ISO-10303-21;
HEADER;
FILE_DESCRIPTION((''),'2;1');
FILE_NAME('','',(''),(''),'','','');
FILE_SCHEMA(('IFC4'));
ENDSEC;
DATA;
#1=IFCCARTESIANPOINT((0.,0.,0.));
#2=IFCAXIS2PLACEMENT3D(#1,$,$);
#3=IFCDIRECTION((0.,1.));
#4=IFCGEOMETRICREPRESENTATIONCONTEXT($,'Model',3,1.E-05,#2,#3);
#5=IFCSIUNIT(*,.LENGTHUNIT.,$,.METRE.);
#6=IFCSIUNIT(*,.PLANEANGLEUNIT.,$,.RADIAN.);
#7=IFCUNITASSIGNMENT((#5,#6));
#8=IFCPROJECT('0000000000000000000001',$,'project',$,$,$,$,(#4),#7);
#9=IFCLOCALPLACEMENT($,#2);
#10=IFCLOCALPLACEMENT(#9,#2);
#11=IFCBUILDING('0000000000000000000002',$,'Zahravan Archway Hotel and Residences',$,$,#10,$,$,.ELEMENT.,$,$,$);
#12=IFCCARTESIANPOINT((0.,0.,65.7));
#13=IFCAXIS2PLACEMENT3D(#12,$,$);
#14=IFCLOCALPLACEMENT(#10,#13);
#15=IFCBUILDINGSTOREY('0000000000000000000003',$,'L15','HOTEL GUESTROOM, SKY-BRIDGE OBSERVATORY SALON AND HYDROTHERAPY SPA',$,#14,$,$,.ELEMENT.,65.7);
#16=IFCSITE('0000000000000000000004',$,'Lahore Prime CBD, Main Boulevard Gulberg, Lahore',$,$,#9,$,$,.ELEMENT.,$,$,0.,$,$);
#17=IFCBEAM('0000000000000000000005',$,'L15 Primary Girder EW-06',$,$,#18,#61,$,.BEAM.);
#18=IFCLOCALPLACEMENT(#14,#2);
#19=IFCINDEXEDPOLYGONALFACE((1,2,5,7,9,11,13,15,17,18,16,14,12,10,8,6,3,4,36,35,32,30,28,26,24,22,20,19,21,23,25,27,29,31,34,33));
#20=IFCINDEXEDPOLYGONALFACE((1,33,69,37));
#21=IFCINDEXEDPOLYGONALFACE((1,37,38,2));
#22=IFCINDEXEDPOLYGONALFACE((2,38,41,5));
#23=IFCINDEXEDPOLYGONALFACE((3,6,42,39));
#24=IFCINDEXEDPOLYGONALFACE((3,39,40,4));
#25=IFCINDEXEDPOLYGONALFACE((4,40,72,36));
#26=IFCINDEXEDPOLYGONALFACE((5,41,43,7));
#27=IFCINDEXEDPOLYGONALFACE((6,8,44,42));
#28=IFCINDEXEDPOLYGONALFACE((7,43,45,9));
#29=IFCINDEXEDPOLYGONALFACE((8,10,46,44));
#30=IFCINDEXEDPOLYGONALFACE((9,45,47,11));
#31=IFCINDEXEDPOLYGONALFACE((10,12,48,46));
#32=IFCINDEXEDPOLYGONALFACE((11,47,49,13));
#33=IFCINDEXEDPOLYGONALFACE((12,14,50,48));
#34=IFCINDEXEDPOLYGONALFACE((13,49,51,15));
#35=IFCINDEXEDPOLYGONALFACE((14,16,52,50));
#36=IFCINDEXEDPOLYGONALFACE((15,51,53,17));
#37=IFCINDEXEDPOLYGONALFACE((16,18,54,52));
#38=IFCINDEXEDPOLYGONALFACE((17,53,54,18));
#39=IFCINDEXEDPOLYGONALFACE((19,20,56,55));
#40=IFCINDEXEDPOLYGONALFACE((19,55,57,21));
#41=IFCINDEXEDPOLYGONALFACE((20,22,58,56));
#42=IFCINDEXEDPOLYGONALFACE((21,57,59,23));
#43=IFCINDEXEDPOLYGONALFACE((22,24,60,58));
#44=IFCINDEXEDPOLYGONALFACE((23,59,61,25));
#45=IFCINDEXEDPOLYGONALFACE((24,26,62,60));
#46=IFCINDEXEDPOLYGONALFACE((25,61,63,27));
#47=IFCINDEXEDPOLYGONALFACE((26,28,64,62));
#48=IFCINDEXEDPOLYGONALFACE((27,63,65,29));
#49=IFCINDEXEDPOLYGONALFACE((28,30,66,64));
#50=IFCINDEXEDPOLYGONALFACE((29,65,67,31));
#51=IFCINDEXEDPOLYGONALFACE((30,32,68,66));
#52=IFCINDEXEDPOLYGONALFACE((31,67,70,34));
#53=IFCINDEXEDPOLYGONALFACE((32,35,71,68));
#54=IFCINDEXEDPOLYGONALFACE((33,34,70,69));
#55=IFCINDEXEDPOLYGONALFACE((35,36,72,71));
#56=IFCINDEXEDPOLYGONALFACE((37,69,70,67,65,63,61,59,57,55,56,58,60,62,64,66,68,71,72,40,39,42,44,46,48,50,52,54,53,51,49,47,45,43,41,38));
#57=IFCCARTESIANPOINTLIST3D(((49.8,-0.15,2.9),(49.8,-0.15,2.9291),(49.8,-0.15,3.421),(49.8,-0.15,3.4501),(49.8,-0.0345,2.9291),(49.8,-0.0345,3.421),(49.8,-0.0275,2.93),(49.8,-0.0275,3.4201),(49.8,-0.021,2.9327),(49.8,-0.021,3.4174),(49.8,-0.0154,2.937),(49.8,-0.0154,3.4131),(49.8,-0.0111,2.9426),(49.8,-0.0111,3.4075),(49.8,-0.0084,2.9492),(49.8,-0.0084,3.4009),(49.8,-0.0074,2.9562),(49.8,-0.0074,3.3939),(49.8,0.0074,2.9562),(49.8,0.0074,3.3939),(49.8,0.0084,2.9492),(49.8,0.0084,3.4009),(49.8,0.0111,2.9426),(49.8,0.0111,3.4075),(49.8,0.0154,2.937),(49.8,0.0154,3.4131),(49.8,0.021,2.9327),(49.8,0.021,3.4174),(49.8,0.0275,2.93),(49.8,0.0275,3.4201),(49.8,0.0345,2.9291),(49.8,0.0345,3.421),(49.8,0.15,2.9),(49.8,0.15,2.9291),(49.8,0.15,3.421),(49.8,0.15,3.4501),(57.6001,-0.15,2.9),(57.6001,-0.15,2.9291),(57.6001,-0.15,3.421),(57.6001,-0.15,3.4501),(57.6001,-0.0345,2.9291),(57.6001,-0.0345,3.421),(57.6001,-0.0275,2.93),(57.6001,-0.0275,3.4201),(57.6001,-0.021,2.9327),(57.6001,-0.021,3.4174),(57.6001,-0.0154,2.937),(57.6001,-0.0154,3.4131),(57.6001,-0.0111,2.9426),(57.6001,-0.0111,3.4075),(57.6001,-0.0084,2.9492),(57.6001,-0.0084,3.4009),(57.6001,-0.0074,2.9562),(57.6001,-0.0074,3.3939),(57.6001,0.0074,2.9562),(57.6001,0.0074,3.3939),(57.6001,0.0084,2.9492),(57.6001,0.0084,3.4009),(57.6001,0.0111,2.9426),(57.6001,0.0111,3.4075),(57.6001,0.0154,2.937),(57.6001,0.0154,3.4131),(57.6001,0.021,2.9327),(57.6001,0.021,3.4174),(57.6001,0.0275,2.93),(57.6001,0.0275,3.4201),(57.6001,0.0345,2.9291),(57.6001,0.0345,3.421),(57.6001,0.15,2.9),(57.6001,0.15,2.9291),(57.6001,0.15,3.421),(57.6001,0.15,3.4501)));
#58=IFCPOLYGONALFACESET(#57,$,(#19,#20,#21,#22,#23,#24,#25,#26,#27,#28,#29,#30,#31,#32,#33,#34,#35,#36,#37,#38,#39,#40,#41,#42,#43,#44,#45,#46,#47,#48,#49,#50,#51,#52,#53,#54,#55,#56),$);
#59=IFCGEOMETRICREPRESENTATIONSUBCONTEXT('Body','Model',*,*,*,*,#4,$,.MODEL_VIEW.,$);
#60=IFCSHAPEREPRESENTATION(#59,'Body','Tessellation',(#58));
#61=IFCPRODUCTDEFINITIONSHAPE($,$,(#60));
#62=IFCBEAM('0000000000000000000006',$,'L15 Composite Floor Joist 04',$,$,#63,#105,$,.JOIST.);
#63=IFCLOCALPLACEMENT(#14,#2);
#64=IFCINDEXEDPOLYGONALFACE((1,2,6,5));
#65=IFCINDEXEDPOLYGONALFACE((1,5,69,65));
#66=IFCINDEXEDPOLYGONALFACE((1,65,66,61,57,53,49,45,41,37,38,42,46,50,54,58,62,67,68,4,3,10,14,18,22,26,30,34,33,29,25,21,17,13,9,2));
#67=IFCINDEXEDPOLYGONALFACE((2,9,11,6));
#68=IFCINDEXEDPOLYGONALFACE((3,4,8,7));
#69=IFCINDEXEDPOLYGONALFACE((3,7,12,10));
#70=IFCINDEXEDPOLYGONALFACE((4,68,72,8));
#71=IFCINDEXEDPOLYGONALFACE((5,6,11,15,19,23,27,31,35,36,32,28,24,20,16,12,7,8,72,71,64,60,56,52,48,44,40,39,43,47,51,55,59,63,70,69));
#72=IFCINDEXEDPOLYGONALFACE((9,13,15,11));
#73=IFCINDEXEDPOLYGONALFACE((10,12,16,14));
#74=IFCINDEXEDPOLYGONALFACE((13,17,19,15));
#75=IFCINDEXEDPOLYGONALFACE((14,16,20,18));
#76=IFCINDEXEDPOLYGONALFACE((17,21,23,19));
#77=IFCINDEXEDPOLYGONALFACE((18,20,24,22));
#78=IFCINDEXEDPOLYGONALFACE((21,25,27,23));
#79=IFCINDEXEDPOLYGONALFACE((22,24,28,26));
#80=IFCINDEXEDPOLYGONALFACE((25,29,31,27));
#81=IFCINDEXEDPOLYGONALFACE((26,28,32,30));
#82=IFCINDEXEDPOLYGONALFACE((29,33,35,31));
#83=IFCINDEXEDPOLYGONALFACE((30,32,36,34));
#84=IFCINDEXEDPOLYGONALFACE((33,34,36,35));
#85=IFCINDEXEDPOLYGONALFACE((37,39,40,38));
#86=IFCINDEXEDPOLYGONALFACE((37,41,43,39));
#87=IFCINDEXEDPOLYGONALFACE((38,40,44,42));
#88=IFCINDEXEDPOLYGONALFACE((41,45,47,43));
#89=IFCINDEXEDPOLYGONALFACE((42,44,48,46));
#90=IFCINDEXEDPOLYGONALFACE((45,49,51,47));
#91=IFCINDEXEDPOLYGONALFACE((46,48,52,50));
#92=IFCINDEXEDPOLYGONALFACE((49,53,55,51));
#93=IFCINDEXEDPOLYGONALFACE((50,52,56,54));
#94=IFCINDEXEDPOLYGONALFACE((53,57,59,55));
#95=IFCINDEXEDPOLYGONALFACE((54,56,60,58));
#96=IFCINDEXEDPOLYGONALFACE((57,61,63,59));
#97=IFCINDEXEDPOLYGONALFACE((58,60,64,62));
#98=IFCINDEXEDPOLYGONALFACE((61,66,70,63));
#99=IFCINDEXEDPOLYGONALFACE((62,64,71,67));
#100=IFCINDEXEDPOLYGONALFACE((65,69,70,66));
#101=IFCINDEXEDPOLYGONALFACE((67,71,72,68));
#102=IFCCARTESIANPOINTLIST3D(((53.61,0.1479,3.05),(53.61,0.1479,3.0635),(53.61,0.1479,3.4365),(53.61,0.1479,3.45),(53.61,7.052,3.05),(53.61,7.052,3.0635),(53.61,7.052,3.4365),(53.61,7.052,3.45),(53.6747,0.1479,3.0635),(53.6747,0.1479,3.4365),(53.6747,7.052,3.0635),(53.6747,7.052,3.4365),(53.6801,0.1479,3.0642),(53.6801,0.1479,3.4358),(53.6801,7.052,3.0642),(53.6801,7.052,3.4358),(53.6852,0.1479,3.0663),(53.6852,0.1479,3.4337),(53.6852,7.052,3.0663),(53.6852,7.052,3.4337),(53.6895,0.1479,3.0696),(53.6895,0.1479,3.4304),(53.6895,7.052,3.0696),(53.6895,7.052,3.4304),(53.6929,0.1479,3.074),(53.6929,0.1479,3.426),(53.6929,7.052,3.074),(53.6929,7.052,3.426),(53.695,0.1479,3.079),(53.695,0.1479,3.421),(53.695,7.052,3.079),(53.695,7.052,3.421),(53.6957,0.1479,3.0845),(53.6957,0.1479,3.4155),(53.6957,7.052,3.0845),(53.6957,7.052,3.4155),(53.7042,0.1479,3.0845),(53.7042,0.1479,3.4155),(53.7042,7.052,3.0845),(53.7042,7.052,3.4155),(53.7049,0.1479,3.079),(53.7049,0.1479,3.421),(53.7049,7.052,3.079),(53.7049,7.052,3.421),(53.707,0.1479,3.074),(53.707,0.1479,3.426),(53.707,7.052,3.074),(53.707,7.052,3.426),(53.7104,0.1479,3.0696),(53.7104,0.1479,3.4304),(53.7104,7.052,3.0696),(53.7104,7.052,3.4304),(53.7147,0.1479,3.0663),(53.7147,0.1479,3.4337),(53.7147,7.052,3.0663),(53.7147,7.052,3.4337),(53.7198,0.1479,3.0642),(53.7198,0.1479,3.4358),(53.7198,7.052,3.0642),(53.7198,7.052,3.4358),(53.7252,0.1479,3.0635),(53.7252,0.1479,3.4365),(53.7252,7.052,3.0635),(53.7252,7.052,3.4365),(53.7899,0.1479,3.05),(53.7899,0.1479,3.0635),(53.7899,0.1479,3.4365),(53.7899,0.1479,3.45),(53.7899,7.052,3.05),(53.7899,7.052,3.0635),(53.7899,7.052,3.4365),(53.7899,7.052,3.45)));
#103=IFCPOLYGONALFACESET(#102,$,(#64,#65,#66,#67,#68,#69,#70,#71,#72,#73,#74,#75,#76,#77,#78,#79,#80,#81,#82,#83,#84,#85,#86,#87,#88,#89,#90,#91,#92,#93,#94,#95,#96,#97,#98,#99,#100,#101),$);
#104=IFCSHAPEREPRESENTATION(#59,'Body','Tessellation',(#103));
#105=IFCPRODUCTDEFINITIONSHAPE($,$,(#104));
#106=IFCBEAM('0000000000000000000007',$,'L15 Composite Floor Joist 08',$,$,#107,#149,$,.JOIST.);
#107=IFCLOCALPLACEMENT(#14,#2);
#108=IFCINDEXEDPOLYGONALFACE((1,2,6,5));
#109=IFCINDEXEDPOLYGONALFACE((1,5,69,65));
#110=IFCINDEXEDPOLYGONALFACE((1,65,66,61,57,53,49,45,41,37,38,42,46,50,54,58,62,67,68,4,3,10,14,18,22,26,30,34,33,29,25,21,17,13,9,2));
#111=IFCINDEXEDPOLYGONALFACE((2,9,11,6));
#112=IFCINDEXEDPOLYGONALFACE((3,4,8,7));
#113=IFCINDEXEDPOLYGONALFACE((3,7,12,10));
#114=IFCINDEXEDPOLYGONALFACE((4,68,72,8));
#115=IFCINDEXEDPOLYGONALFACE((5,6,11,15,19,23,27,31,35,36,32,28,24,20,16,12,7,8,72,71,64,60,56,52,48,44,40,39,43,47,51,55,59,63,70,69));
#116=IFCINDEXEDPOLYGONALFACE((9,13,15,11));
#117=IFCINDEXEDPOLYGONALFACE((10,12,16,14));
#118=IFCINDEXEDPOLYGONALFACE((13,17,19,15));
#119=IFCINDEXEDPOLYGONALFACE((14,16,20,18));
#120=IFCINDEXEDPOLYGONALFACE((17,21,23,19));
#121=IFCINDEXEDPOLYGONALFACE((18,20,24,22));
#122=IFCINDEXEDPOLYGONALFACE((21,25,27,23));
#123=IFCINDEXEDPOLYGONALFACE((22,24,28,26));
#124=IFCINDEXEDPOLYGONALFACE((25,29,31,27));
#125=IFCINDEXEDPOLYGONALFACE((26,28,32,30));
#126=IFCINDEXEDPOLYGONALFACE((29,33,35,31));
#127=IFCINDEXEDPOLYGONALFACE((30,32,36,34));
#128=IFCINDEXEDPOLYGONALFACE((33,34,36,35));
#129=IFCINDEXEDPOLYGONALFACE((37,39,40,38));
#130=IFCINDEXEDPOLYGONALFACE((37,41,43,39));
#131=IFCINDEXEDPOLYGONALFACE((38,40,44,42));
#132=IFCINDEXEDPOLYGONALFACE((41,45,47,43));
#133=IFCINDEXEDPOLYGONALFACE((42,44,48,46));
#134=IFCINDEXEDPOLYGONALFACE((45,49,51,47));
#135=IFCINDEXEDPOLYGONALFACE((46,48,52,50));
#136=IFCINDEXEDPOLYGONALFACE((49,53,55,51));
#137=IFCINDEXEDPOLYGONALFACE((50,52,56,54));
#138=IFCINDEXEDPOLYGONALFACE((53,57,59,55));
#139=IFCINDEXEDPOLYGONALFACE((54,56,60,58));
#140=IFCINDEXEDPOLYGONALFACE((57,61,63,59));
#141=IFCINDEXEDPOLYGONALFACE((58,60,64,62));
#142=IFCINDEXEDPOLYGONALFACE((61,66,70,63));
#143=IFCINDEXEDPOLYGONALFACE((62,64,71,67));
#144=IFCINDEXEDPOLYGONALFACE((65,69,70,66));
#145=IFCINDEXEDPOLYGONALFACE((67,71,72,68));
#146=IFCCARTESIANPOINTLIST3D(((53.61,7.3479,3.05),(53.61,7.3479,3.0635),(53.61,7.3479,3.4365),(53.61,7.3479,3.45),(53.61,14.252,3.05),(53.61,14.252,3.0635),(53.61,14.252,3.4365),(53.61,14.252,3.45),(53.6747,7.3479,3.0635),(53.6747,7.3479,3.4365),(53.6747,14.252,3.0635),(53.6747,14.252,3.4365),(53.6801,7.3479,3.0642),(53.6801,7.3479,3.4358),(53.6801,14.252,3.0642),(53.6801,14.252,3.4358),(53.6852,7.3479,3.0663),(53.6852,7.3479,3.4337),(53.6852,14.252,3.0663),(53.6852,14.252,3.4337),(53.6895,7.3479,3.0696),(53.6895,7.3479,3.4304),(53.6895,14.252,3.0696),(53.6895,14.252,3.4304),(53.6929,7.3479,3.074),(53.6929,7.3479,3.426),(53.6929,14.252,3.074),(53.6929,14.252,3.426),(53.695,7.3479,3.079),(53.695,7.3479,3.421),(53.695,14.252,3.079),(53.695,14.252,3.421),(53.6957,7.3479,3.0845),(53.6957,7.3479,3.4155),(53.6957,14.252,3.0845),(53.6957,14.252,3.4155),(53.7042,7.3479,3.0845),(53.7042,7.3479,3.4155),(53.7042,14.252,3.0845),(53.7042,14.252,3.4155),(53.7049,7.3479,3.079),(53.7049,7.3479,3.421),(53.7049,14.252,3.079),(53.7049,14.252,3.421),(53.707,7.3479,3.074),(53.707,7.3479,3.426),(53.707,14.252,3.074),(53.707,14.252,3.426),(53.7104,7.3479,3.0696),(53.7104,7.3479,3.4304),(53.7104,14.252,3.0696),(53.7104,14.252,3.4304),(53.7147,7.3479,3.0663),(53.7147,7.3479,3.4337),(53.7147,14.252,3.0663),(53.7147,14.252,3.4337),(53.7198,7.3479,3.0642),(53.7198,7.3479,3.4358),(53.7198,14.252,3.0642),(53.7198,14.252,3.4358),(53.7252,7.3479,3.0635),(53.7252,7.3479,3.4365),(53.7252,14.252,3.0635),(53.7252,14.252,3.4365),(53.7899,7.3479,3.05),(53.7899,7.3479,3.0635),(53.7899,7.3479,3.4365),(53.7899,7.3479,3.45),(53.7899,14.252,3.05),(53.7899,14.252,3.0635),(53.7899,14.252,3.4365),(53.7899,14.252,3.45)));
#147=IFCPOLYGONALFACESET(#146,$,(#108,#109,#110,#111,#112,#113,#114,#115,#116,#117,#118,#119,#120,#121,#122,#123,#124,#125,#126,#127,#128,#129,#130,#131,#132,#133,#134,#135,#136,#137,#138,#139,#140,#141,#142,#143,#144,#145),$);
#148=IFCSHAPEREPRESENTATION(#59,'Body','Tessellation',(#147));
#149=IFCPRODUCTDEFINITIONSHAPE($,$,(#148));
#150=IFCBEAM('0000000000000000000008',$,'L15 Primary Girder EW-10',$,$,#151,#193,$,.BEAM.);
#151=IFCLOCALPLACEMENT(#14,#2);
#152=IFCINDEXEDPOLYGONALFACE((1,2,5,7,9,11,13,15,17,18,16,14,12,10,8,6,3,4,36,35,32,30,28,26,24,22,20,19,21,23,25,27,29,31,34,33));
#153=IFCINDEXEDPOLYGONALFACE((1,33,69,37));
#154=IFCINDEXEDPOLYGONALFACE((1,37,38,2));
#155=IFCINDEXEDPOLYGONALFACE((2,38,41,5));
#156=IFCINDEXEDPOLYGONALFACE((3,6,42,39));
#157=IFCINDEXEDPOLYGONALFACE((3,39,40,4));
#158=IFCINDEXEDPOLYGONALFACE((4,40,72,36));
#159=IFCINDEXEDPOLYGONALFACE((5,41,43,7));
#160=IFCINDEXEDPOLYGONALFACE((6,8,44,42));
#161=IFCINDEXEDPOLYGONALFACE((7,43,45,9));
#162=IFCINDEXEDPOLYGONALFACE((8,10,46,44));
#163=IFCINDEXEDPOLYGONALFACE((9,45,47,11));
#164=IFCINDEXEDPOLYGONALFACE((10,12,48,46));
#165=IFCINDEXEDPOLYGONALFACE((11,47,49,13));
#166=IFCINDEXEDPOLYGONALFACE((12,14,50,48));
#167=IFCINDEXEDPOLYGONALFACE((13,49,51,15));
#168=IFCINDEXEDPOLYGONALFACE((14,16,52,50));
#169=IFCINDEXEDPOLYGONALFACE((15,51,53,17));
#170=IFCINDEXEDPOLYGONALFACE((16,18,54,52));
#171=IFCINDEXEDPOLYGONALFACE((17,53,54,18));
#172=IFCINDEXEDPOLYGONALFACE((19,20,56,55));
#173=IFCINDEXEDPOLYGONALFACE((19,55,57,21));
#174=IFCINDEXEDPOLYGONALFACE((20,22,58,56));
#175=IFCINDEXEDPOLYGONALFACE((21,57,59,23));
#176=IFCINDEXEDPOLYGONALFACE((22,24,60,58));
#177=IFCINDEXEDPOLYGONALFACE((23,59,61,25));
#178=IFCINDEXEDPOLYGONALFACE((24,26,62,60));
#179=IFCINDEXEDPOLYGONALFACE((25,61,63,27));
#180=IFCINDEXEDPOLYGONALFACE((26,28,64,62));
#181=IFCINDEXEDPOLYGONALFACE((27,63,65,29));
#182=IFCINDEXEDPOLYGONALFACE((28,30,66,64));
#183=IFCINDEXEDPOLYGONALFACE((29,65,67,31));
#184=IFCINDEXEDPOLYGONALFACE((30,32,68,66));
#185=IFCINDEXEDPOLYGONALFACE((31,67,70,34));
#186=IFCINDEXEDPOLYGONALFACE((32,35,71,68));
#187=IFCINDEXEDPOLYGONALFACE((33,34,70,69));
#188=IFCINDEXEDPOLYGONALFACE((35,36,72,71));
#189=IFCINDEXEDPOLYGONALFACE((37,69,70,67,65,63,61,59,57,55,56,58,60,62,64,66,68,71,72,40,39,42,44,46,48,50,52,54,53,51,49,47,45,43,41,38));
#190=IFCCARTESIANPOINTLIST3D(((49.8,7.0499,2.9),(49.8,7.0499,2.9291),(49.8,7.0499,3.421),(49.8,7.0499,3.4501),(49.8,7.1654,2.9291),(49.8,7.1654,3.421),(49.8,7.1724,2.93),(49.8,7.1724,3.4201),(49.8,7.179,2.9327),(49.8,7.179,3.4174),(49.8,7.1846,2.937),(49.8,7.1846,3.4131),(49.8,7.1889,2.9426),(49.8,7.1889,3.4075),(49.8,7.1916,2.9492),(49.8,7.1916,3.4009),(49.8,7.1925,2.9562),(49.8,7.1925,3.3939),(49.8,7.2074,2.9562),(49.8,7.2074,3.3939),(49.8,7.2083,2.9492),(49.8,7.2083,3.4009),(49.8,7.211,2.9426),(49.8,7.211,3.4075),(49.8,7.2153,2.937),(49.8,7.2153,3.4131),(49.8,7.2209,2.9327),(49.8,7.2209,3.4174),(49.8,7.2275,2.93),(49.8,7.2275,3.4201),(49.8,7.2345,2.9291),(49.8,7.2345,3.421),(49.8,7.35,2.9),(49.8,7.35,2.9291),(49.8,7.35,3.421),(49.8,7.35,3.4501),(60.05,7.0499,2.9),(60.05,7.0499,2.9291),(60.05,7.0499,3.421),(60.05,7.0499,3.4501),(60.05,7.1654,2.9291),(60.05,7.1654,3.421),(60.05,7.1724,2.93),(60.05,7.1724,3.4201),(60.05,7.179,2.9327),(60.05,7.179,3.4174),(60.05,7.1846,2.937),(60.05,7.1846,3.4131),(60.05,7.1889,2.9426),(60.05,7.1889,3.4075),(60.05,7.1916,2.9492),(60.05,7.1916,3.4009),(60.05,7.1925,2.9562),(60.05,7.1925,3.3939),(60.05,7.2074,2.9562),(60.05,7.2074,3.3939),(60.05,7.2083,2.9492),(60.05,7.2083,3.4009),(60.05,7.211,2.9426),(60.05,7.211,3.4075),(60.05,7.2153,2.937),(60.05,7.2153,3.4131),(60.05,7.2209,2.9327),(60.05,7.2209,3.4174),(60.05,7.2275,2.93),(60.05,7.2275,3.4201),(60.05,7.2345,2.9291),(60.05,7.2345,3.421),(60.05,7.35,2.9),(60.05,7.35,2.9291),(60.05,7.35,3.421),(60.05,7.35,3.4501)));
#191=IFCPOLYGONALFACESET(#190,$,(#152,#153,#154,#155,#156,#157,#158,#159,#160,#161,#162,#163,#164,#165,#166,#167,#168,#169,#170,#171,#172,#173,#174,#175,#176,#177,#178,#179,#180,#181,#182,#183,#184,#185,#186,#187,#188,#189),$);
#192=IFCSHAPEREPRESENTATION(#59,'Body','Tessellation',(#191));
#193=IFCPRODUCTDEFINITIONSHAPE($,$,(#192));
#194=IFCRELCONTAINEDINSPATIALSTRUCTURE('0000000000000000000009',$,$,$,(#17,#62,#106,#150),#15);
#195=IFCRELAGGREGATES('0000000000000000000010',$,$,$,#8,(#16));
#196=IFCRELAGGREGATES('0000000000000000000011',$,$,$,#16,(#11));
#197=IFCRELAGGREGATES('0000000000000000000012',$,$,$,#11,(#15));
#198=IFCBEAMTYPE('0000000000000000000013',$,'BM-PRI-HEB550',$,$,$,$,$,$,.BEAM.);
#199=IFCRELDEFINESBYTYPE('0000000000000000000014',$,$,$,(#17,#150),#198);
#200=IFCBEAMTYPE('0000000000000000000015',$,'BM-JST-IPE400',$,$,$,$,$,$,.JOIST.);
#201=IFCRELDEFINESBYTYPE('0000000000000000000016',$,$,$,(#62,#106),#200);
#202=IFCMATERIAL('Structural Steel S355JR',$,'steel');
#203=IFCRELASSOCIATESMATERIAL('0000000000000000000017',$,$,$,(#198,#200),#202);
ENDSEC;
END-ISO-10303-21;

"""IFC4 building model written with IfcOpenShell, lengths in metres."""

from ifc_helpers import new_model, si_unit, direction, frame, origin, origin_2d, place, context, subcontext, project, spatial, i_section, extrude, source, transform, mapped, material, material_profile, profile_set, type_object, type_shapes, element, save


model = new_model("IFC4")

# Units and contexts
model_context = context("Model", 3, precision=1e-05, world=origin(), true_north=direction((0.0, 1.0)))
body_context = subcontext(model_context, "Body", "Model", "MODEL_VIEW")
ifc_project = project(units=[si_unit("LENGTHUNIT", "METRE"), si_unit("PLANEANGLEUNIT", "RADIAN")], contexts=[model_context])

# Site, building, storey
site_placement = place(None, origin())
site = spatial("IfcSite", under=ifc_project, at=site_placement, Name="Lahore Prime CBD, Main Boulevard Gulberg, Lahore", CompositionType="ELEMENT", RefElevation=0.0)
building_placement = place(site_placement, origin())
building = spatial("IfcBuilding", under=site, at=building_placement, Name="Zahravan Archway Hotel and Residences", CompositionType="ELEMENT")
storey_placement = place(building_placement, frame((0.0, 0.0, 65.7)))
storey = spatial("IfcBuildingStorey", under=building, at=storey_placement, Name="L15", Description="HOTEL GUESTROOM, SKY-BRIDGE OBSERVATORY SALON AND HYDROTHERAPY SPA", CompositionType="ELEMENT", Elevation=65.7)

# Beams
ifc_material_1 = material(Name="Structural Steel S355JR", Category="steel")
ifc_material_profile_1 = material_profile(ifc_material_1, i_section(OverallWidth=0.3, OverallDepth=0.55, WebThickness=0.0149, FlangeThickness=0.0291, FilletRadius=0.0271, at=origin_2d()), Name="HEB 550", Category="steel")
ifc_profile_set_1 = profile_set([ifc_material_profile_1], Name="Structural Steel S355JR")
beam_type_1 = type_object("IfcBeamType", Name="BM-PRI-HEB550", PredefinedType="BEAM", material=ifc_profile_set_1)
shared_shape_1 = source(origin(), body_context, "Body", "SweptSolid", [
    extrude(i_section(OverallWidth=0.3, OverallDepth=0.55, WebThickness=0.0149, FlangeThickness=0.0291, FilletRadius=0.0271, at=origin_2d()), origin(), (0.0, 0.0, 1.0), 7.8),
])
beam_1_placement = place(storey_placement, frame((49.8, 0.0, 3.175), z_axis=(1.0, 0.0, 0.0), x_axis=(0.0, 1.0, 0.0)))
element("IfcBeam", 1, at=beam_1_placement, inside=storey, type_object=beam_type_1, Name="L15 Primary Girder EW-06", PredefinedType="BEAM", context=body_context, shape_type="MappedRepresentation", body=[
    mapped(shared_shape_1, transform((0.0, 0.0, 0.0), scale=1.0)),
])
ifc_material_profile_2 = material_profile(ifc_material_1, i_section(OverallWidth=0.1799, OverallDepth=0.3999, WebThickness=0.0085, FlangeThickness=0.0134, FilletRadius=0.021, at=origin_2d()), Name="IPE 400", Category="steel")
ifc_profile_set_2 = profile_set([ifc_material_profile_2], Name="Structural Steel S355JR")
beam_type_2 = type_object("IfcBeamType", Name="BM-JST-IPE400", PredefinedType="JOIST", material=ifc_profile_set_2)
shared_shape_2 = source(origin(), body_context, "Body", "SweptSolid", [
    extrude(i_section(OverallWidth=0.1799, OverallDepth=0.3999, WebThickness=0.0085, FlangeThickness=0.0134, FilletRadius=0.021, at=origin_2d()), origin(), (0.0, 0.0, 1.0), 6.9041),
])
type_shapes(beam_type_2, [shared_shape_2])
for number, where, z_axis, x_axis, name in (
    (2, (53.7, 0.1479, 3.25), (0.0, 1.0, 0.0), (-1.0, 0.0, 0.0), "L15 Composite Floor Joist 04"),
    (3, (53.7, 7.3479, 3.25), (0.0, 1.0, 0.0), (-1.0, 0.0, 0.0), "L15 Composite Floor Joist 08"),
):
    element("IfcBeam", number, at=place(storey_placement, frame(where, z_axis=z_axis, x_axis=x_axis)), inside=storey, type_object=beam_type_2, Name=name, PredefinedType="JOIST", context=body_context, shape_type="MappedRepresentation", body=[
        mapped(shared_shape_2, transform((0.0, 0.0, 0.0), scale=1.0)),
    ])
shared_shape_3 = source(origin(), body_context, "Body", "SweptSolid", [
    extrude(i_section(OverallWidth=0.3, OverallDepth=0.55, WebThickness=0.0149, FlangeThickness=0.0291, FilletRadius=0.0271, at=origin_2d()), origin(), (0.0, 0.0, 1.0), 10.25),
])
beam_2_placement = place(storey_placement, frame((49.8, 7.2, 3.175), z_axis=(1.0, 0.0, 0.0), x_axis=(0.0, 1.0, 0.0)))
element("IfcBeam", 4, at=beam_2_placement, inside=storey, type_object=beam_type_1, Name="L15 Primary Girder EW-10", PredefinedType="BEAM", context=body_context, shape_type="MappedRepresentation", body=[
    mapped(shared_shape_3, transform((0.0, 0.0, 0.0), scale=1.0)),
])

save(model, "model.ifc")
